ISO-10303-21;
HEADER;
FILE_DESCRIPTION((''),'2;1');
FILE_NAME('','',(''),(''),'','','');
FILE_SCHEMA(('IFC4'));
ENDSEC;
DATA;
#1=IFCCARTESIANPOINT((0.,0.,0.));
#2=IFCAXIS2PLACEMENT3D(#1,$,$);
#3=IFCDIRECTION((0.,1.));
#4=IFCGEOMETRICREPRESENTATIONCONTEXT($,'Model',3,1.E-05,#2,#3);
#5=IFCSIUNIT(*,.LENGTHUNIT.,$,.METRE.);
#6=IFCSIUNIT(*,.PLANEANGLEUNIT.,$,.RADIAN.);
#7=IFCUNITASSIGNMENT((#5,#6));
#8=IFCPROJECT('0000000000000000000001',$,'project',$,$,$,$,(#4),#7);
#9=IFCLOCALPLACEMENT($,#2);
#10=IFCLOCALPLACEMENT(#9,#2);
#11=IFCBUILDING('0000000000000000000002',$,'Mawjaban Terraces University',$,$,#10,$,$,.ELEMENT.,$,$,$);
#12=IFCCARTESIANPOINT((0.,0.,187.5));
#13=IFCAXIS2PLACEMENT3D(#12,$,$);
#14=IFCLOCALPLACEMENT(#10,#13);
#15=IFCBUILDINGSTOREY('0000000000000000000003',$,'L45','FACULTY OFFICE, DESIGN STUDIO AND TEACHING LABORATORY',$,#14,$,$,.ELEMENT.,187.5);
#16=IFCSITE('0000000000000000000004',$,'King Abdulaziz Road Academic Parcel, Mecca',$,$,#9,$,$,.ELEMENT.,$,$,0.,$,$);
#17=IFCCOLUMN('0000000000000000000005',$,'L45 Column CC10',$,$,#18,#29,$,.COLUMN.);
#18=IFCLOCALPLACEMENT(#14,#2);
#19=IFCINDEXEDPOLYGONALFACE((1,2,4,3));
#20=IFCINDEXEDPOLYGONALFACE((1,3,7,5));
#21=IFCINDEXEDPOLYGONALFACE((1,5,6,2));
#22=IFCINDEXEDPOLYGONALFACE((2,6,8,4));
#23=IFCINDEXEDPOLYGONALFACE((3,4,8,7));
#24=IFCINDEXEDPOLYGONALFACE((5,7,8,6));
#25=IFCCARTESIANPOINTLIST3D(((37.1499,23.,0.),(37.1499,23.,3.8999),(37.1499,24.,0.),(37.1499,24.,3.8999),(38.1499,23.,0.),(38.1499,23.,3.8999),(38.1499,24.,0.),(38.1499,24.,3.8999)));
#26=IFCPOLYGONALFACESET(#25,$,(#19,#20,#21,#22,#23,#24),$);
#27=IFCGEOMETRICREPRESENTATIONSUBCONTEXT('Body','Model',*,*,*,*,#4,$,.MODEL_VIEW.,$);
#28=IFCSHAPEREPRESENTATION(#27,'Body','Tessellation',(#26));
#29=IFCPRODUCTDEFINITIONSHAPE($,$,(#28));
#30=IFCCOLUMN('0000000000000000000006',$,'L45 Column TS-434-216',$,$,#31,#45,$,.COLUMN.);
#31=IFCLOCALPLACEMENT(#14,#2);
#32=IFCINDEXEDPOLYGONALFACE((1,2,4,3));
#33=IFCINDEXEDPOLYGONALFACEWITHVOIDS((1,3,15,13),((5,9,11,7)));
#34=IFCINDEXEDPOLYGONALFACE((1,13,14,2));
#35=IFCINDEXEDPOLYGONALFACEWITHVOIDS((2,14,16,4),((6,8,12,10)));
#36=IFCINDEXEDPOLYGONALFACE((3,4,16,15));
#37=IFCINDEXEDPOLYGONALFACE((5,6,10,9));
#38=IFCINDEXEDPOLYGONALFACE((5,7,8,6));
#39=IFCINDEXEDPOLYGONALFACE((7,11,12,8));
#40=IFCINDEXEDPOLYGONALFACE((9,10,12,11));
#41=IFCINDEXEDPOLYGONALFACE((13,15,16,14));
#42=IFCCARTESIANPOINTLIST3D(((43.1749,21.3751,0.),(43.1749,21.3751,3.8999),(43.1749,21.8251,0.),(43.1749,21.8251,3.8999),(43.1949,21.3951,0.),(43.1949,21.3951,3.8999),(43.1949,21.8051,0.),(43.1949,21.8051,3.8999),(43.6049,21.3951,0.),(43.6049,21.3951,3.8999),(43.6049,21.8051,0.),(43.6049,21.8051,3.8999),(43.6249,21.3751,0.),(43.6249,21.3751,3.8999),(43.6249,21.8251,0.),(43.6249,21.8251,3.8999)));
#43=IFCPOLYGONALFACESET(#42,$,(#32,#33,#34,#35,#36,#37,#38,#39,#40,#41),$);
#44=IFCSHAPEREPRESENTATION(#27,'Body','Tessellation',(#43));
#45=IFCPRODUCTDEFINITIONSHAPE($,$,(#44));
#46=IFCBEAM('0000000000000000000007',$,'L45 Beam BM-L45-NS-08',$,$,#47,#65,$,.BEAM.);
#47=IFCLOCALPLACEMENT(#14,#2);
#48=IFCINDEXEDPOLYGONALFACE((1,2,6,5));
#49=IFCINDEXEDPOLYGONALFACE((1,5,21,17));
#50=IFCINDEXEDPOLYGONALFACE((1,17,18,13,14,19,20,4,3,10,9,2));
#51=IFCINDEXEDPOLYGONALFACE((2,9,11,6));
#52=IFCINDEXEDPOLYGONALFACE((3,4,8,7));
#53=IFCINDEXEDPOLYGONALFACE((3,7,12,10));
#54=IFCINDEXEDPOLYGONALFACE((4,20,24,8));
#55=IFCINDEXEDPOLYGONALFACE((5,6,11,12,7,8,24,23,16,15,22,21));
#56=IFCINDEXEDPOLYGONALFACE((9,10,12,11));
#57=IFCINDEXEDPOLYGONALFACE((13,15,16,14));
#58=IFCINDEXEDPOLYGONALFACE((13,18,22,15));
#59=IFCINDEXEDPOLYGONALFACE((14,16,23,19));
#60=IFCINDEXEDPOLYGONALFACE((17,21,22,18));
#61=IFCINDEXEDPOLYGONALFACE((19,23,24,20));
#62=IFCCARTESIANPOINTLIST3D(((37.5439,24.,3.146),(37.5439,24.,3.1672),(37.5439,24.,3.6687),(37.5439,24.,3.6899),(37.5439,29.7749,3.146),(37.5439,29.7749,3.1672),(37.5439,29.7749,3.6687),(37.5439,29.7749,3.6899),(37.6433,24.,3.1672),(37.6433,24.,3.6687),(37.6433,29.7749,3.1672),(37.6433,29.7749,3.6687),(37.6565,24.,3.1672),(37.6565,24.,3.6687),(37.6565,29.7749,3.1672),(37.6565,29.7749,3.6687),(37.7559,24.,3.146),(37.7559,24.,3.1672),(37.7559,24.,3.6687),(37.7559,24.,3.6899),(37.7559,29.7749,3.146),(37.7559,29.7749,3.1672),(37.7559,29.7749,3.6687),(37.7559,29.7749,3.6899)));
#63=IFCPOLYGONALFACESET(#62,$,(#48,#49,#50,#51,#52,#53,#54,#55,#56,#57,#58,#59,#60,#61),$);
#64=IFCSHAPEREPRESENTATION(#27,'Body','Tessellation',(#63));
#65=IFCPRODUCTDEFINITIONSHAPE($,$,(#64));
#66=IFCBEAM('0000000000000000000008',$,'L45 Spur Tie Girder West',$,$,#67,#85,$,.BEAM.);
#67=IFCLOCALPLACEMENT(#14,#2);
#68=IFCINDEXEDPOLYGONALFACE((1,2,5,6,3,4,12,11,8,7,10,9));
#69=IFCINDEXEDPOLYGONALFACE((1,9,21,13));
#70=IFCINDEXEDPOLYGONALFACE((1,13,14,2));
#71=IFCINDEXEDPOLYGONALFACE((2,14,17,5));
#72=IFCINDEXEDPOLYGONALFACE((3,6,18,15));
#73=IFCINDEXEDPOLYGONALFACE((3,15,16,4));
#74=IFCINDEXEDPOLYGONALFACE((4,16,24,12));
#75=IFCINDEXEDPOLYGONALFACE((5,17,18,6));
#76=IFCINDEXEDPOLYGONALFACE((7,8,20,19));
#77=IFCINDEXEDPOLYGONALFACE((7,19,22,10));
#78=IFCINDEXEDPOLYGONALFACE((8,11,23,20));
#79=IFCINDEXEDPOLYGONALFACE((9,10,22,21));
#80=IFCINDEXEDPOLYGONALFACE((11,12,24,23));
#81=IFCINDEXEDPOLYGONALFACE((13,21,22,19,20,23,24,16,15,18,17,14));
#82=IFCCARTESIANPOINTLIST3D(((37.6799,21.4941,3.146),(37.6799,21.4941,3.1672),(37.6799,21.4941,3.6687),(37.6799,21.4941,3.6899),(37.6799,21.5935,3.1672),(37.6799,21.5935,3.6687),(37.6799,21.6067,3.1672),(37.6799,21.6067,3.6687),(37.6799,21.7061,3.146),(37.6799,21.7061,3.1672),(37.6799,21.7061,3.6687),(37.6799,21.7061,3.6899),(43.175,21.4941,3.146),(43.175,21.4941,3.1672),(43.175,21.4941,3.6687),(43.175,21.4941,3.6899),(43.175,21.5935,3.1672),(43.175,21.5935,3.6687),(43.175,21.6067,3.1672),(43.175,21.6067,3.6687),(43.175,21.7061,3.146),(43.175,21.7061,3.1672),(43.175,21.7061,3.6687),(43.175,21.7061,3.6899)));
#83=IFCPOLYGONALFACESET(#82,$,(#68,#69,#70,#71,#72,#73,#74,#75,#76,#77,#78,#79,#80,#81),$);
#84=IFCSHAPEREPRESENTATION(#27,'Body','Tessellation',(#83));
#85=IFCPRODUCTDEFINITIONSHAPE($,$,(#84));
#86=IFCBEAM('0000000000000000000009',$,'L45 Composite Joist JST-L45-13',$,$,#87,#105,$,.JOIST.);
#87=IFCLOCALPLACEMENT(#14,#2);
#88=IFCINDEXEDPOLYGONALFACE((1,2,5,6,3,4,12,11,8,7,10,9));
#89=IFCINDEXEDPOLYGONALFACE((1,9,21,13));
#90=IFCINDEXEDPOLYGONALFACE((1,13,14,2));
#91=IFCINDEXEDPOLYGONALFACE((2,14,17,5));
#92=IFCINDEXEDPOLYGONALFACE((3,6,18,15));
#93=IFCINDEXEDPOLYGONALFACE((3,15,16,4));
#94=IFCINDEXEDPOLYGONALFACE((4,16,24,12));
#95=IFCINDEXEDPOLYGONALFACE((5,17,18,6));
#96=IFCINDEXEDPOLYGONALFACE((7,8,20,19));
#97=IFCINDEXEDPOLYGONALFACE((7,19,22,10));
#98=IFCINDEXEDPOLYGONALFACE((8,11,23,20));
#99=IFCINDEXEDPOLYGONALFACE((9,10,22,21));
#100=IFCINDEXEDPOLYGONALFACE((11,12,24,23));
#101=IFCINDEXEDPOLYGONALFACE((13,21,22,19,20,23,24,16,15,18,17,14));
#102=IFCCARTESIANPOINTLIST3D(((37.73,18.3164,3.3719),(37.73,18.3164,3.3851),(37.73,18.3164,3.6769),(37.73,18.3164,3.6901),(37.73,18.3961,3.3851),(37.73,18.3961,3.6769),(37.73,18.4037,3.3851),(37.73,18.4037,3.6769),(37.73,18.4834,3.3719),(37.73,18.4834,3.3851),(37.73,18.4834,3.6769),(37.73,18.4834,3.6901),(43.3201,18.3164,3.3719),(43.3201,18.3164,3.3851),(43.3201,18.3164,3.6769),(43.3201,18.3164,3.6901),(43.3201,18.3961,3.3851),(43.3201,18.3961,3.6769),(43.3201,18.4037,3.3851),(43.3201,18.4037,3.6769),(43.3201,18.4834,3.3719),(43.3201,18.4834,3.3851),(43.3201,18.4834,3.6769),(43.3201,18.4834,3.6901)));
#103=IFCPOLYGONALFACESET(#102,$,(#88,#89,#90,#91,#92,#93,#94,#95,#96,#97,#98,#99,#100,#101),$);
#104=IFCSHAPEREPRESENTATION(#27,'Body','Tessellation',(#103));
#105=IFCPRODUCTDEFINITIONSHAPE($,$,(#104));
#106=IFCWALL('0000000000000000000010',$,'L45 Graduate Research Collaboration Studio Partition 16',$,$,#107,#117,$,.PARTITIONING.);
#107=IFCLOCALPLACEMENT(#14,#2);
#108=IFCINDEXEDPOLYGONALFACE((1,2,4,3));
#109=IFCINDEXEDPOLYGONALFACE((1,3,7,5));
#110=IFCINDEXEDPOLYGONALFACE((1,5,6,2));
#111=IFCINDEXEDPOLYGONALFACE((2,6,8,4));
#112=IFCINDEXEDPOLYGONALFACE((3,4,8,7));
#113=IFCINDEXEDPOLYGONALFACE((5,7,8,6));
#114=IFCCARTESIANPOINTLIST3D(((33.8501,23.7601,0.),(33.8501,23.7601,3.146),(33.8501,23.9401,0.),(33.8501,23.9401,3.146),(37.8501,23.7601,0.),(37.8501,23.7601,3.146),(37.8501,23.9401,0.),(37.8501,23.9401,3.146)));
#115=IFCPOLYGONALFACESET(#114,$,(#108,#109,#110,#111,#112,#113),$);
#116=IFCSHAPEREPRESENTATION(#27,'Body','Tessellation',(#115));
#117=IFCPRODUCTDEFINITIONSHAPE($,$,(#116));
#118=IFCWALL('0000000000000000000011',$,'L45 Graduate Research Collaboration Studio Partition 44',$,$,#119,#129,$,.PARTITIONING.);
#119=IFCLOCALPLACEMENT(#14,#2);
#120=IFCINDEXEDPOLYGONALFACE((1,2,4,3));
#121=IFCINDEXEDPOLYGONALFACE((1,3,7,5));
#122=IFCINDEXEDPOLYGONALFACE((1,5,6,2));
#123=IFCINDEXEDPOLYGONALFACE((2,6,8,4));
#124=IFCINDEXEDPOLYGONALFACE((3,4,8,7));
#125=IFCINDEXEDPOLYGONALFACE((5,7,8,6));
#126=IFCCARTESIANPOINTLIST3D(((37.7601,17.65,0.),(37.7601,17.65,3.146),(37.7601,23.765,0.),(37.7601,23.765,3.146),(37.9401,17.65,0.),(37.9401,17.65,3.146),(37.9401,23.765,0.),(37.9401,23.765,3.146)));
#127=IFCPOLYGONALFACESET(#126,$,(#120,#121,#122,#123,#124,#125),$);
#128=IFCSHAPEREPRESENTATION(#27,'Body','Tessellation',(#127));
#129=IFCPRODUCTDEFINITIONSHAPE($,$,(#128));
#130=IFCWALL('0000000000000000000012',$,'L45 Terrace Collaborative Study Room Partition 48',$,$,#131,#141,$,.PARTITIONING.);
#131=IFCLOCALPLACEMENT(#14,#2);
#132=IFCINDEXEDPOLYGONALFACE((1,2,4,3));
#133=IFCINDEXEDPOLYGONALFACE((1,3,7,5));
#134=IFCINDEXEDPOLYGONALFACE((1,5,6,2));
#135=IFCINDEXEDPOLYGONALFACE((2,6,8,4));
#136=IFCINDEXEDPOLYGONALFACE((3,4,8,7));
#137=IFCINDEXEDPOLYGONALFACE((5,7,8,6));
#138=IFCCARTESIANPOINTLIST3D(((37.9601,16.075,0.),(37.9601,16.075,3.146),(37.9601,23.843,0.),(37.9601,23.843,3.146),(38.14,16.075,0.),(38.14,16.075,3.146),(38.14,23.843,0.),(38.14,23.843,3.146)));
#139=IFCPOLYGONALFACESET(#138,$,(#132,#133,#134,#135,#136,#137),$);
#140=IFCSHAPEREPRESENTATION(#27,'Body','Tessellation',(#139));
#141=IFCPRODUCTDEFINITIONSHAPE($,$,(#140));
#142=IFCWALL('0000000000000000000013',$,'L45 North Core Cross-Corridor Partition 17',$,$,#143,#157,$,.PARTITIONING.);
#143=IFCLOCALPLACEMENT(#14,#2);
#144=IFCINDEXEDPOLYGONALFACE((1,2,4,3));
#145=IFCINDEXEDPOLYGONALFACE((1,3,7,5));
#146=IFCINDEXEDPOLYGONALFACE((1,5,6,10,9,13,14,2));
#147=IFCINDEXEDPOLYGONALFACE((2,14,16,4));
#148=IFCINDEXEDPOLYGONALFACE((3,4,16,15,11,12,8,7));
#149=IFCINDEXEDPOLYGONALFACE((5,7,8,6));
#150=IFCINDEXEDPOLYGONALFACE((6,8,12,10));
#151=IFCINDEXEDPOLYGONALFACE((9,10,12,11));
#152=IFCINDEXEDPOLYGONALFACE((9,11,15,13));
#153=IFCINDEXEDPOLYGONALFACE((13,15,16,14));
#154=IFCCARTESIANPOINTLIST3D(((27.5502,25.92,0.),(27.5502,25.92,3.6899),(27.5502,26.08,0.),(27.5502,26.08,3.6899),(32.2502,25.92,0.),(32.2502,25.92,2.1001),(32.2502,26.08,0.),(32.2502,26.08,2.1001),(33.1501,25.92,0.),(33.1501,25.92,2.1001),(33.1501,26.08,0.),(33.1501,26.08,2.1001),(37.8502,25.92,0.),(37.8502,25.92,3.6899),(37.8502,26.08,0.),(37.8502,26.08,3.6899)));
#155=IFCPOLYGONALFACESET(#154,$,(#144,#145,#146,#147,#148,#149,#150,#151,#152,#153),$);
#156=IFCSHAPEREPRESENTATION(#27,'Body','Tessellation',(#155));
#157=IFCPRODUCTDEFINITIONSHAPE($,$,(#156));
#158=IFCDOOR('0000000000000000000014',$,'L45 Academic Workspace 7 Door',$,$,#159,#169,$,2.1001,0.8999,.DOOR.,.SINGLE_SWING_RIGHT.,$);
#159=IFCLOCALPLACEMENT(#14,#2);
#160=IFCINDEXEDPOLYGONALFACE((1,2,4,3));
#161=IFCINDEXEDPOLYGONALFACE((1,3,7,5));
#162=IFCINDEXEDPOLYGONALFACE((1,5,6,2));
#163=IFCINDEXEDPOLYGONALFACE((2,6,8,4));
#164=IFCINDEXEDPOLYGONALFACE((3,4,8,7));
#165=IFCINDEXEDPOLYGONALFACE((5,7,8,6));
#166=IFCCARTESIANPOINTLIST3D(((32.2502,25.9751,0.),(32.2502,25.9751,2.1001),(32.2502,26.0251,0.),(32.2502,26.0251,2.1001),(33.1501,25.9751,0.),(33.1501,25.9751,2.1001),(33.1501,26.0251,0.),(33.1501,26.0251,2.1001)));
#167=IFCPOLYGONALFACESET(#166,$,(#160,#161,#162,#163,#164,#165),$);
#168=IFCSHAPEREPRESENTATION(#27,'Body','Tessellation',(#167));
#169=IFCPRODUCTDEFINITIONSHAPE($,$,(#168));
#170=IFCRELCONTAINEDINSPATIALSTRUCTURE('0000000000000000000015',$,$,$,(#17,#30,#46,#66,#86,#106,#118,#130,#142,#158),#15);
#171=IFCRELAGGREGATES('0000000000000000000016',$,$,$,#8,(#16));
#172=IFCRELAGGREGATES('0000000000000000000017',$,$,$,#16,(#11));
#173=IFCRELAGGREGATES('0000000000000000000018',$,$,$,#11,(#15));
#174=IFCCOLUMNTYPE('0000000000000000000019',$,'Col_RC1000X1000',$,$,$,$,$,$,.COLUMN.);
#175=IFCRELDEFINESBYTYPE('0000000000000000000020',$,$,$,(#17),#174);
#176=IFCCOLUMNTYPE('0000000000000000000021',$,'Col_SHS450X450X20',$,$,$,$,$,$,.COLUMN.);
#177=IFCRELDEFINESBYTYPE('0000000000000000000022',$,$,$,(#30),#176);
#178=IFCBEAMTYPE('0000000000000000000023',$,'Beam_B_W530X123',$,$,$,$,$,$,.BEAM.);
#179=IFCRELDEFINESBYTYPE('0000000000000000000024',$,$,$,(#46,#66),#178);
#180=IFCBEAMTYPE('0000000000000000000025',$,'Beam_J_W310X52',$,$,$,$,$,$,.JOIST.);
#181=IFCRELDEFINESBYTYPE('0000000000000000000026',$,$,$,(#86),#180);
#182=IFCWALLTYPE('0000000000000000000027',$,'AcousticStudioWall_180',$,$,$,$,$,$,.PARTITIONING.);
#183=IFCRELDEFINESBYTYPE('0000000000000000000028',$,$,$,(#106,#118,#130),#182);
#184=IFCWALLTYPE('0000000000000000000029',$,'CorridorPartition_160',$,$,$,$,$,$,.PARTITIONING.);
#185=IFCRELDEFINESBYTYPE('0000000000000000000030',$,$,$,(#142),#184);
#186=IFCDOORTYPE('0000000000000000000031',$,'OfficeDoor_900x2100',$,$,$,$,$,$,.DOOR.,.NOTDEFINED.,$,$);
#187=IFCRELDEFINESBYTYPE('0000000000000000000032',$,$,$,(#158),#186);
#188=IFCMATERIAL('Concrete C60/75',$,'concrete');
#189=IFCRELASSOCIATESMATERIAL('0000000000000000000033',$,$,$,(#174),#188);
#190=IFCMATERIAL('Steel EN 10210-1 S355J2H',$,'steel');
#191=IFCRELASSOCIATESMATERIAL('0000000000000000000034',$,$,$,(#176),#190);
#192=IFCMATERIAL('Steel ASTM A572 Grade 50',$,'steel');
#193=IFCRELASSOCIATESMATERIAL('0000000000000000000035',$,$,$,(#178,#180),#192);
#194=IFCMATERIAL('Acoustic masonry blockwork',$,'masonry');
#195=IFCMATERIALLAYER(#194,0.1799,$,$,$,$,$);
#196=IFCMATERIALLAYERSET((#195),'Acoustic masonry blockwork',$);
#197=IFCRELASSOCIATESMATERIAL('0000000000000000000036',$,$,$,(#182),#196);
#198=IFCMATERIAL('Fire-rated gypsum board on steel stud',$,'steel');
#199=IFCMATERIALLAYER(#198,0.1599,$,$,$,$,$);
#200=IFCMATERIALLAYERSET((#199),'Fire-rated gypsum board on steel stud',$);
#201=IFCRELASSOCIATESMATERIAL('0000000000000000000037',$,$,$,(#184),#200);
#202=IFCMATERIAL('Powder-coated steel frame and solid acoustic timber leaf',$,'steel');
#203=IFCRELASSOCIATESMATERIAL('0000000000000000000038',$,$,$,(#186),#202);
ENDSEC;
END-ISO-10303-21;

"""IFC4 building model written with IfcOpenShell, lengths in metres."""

from ifc_helpers import new_model, si_unit, direction, frame, frame_2d, origin, origin_2d, place, context, subcontext, project, spatial, rectangle, hollow_rectangle, i_section, extrude, material, layer, layer_set, material_profile, profile_set, type_object, element, fill, save


model = new_model("IFC4")

# Units and contexts
model_context = context("Model", 3, precision=1e-05, world=origin(), true_north=direction((0.0, 1.0)))
body_context = subcontext(model_context, "Body", "Model", "MODEL_VIEW")
ifc_project = project(units=[si_unit("LENGTHUNIT", "METRE"), si_unit("PLANEANGLEUNIT", "RADIAN")], contexts=[model_context])

# Site, building, storey
site_placement = place(None, origin())
site = spatial("IfcSite", under=ifc_project, at=site_placement, Name="King Abdulaziz Road Academic Parcel, Mecca", CompositionType="ELEMENT", RefElevation=0.0)
building_placement = place(site_placement, origin())
building = spatial("IfcBuilding", under=site, at=building_placement, Name="Mawjaban Terraces University", CompositionType="ELEMENT")
storey_placement = place(building_placement, frame((0.0, 0.0, 187.5)))
storey = spatial("IfcBuildingStorey", under=building, at=storey_placement, Name="L45", Description="FACULTY OFFICE, DESIGN STUDIO AND TEACHING LABORATORY", CompositionType="ELEMENT", Elevation=187.5)

# Columns
ifc_material_1 = material(Name="Concrete C60/75", Category="concrete")
ifc_material_profile_1 = material_profile(ifc_material_1, rectangle(XDim=1.0, YDim=1.0, at=origin_2d()), Name="RC1000X1000")
ifc_profile_set_1 = profile_set([ifc_material_profile_1], Name="Concrete C60/75")
column_type_1 = type_object("IfcColumnType", Name="Col_RC1000X1000", PredefinedType="COLUMN", material=ifc_profile_set_1)
column_1_placement = place(storey_placement, frame((37.6499, 23.5, 0.0), z_axis=(0.0, 0.0, 1.0), x_axis=(1.0, 0.0, 0.0)))
element("IfcColumn", 1, at=column_1_placement, inside=storey, type_object=column_type_1, Name="L45 Column CC10", PredefinedType="COLUMN", context=body_context, shape_type="SweptSolid", body=[
    extrude(rectangle(XDim=1.0, YDim=1.0, at=origin_2d()), origin(), (0.0, 0.0, 1.0), 3.8999),
])
ifc_material_2 = material(Name="Steel EN 10210-1 S355J2H", Category="steel")
ifc_material_profile_2 = material_profile(ifc_material_2, hollow_rectangle(XDim=0.45, YDim=0.45, WallThickness=0.02, at=origin_2d()), Name="SHS450X450X20")
ifc_profile_set_2 = profile_set([ifc_material_profile_2], Name="Steel EN 10210-1 S355J2H")
column_type_2 = type_object("IfcColumnType", Name="Col_SHS450X450X20", PredefinedType="COLUMN", material=ifc_profile_set_2)
column_2_placement = place(storey_placement, frame((43.3999, 21.6001, 0.0), z_axis=(0.0, 0.0, 1.0), x_axis=(1.0, 0.0, 0.0)))
element("IfcColumn", 2, at=column_2_placement, inside=storey, type_object=column_type_2, Name="L45 Column TS-434-216", PredefinedType="COLUMN", context=body_context, shape_type="SweptSolid", body=[
    extrude(hollow_rectangle(XDim=0.45, YDim=0.45, WallThickness=0.02, at=origin_2d()), origin(), (0.0, 0.0, 1.0), 3.8999),
])

# Beams
ifc_material_3 = material(Name="Steel ASTM A572 Grade 50", Category="steel")
ifc_material_profile_3 = material_profile(ifc_material_3, i_section(OverallWidth=0.2119, OverallDepth=0.5439, WebThickness=0.0132, FlangeThickness=0.0212, at=origin_2d()), Name="W530X123")
ifc_profile_set_3 = profile_set([ifc_material_profile_3], Name="Steel ASTM A572 Grade 50")
beam_type_1 = type_object("IfcBeamType", Name="Beam_B_W530X123", PredefinedType="BEAM", material=ifc_profile_set_3)
beam_1_placement = place(storey_placement, frame((37.6499, 24.0, 3.418), z_axis=(0.0, 1.0, 0.0), x_axis=(-1.0, 0.0, 0.0)))
element("IfcBeam", 3, at=beam_1_placement, inside=storey, type_object=beam_type_1, Name="L45 Beam BM-L45-NS-08", PredefinedType="BEAM", context=body_context, shape_type="SweptSolid", body=[
    extrude(i_section(OverallWidth=0.2119, OverallDepth=0.5439, WebThickness=0.0132, FlangeThickness=0.0212, at=origin_2d()), origin(), (0.0, 0.0, 1.0), 5.7749),
])
beam_2_placement = place(storey_placement, frame((37.6799, 21.6001, 3.418), z_axis=(1.0, 0.0, 0.0), x_axis=(0.0, 1.0, 0.0)))
element("IfcBeam", 4, at=beam_2_placement, inside=storey, type_object=beam_type_1, Name="L45 Spur Tie Girder West", PredefinedType="BEAM", context=body_context, shape_type="SweptSolid", body=[
    extrude(i_section(OverallWidth=0.2119, OverallDepth=0.5439, WebThickness=0.0132, FlangeThickness=0.0212, at=origin_2d()), origin(), (0.0, 0.0, 1.0), 5.4951),
])
ifc_material_profile_4 = material_profile(ifc_material_3, i_section(OverallWidth=0.167, OverallDepth=0.3181, WebThickness=0.0076, FlangeThickness=0.0132, at=origin_2d()), Name="W310X52")
ifc_profile_set_4 = profile_set([ifc_material_profile_4], Name="Steel ASTM A572 Grade 50")
beam_type_2 = type_object("IfcBeamType", Name="Beam_J_W310X52", PredefinedType="JOIST", material=ifc_profile_set_4)
beam_3_placement = place(storey_placement, frame((37.73, 18.3999, 3.531), z_axis=(1.0, 0.0, 0.0), x_axis=(0.0, 1.0, 0.0)))
element("IfcBeam", 5, at=beam_3_placement, inside=storey, type_object=beam_type_2, Name="L45 Composite Joist JST-L45-13", PredefinedType="JOIST", context=body_context, shape_type="SweptSolid", body=[
    extrude(i_section(OverallWidth=0.167, OverallDepth=0.3181, WebThickness=0.0076, FlangeThickness=0.0132, at=origin_2d()), origin(), (0.0, 0.0, 1.0), 5.5901),
])

# Walls
ifc_material_4 = material(Name="Acoustic masonry blockwork", Category="masonry")
ifc_layer_1 = layer(ifc_material_4, 0.1799)
ifc_layer_set_1 = layer_set([ifc_layer_1], Name="Acoustic masonry blockwork")
wall_type_1 = type_object("IfcWallType", Name="AcousticStudioWall_180", PredefinedType="PARTITIONING", material=ifc_layer_set_1)
wall_1_placement = place(storey_placement, frame((37.8501, 23.8501, 0.0), z_axis=(0.0, 0.0, 1.0), x_axis=(-1.0, 0.0, 0.0)))
element("IfcWall", 6, at=wall_1_placement, inside=storey, type_object=wall_type_1, Name="L45 Graduate Research Collaboration Studio Partition 16", PredefinedType="PARTITIONING", context=body_context, shape_type="SweptSolid", body=[
    extrude(rectangle(XDim=4.0, YDim=0.1799, at=frame_2d((2.0, 0.0))), origin(), (0.0, 0.0, 1.0), 3.146),
])
wall_2_placement = place(storey_placement, frame((37.8501, 17.6499, 0.0), z_axis=(0.0, 0.0, 1.0), x_axis=(0.0, 1.0, 0.0)))
element("IfcWall", 7, at=wall_2_placement, inside=storey, type_object=wall_type_1, Name="L45 Graduate Research Collaboration Studio Partition 44", PredefinedType="PARTITIONING", context=body_context, shape_type="SweptSolid", body=[
    extrude(rectangle(XDim=6.115, YDim=0.1799, at=frame_2d((3.0576, 0.0))), origin(), (0.0, 0.0, 1.0), 3.146),
])
wall_3_placement = place(storey_placement, frame((38.05, 23.843, 0.0), z_axis=(0.0, 0.0, 1.0), x_axis=(0.0, -1.0, 0.0)))
element("IfcWall", 8, at=wall_3_placement, inside=storey, type_object=wall_type_1, Name="L45 Terrace Collaborative Study Room Partition 48", PredefinedType="PARTITIONING", context=body_context, shape_type="SweptSolid", body=[
    extrude(rectangle(XDim=7.7681, YDim=0.1799, at=frame_2d((3.884, 0.0))), origin(), (0.0, 0.0, 1.0), 3.146),
])

# Wall, opening, door
ifc_material_5 = material(Name="Fire-rated gypsum board on steel stud", Category="steel")
ifc_layer_2 = layer(ifc_material_5, 0.1599)
ifc_layer_set_2 = layer_set([ifc_layer_2], Name="Fire-rated gypsum board on steel stud")
wall_type_2 = type_object("IfcWallType", Name="CorridorPartition_160", PredefinedType="PARTITIONING", material=ifc_layer_set_2)
wall_4_placement = place(storey_placement, frame((37.8501, 26.0, 0.0), z_axis=(0.0, 0.0, 1.0), x_axis=(-1.0, 0.0, 0.0)))
wall_4 = element("IfcWall", 9, at=wall_4_placement, inside=storey, type_object=wall_type_2, Name="L45 North Core Cross-Corridor Partition 17", PredefinedType="PARTITIONING", context=body_context, shape_type="SweptSolid", body=[
    extrude(rectangle(XDim=10.3, YDim=0.1599, at=frame_2d((5.1499, 0.0))), origin(), (0.0, 0.0, 1.0), 3.6899),
])
opening_1_placement = place(wall_4_placement, frame((4.7, 0.0, 0.0)))
opening_1 = element("IfcOpeningElement", 10, at=opening_1_placement, cuts=wall_4, PredefinedType="OPENING", context=body_context, shape_type="SweptSolid", body=[
    extrude(rectangle(XDim=0.8999, YDim=2.1001, at=frame_2d((0.45, 1.05))), frame((0.0, 0.0898, 0.0), z_axis=(0.0, -1.0, 0.0), x_axis=(1.0, 0.0, 0.0)), (0.0, 0.0, 1.0), 0.1799),
])
ifc_material_6 = material(Name="Powder-coated steel frame and solid acoustic timber leaf", Category="steel")
door_type_1 = type_object("IfcDoorType", Name="OfficeDoor_900x2100", OperationType="NOTDEFINED", PredefinedType="DOOR", material=ifc_material_6)
door_1_placement = place(opening_1_placement, origin())
door_1 = element("IfcDoor", 11, at=door_1_placement, inside=storey, type_object=door_type_1, Name="L45 Academic Workspace 7 Door", OperationType="SINGLE_SWING_RIGHT", OverallHeight=2.1001, OverallWidth=0.8999, PredefinedType="DOOR", context=body_context, shape_type="SweptSolid", body=[
    extrude(rectangle(XDim=0.8999, YDim=2.1001, at=frame_2d((0.45, 1.05))), frame((0.0, 0.0249, 0.0), z_axis=(0.0, -1.0, 0.0), x_axis=(1.0, 0.0, 0.0)), (0.0, 0.0, 1.0), 0.05),
])
fill(opening_1, door_1)

save(model, "model.ifc")
